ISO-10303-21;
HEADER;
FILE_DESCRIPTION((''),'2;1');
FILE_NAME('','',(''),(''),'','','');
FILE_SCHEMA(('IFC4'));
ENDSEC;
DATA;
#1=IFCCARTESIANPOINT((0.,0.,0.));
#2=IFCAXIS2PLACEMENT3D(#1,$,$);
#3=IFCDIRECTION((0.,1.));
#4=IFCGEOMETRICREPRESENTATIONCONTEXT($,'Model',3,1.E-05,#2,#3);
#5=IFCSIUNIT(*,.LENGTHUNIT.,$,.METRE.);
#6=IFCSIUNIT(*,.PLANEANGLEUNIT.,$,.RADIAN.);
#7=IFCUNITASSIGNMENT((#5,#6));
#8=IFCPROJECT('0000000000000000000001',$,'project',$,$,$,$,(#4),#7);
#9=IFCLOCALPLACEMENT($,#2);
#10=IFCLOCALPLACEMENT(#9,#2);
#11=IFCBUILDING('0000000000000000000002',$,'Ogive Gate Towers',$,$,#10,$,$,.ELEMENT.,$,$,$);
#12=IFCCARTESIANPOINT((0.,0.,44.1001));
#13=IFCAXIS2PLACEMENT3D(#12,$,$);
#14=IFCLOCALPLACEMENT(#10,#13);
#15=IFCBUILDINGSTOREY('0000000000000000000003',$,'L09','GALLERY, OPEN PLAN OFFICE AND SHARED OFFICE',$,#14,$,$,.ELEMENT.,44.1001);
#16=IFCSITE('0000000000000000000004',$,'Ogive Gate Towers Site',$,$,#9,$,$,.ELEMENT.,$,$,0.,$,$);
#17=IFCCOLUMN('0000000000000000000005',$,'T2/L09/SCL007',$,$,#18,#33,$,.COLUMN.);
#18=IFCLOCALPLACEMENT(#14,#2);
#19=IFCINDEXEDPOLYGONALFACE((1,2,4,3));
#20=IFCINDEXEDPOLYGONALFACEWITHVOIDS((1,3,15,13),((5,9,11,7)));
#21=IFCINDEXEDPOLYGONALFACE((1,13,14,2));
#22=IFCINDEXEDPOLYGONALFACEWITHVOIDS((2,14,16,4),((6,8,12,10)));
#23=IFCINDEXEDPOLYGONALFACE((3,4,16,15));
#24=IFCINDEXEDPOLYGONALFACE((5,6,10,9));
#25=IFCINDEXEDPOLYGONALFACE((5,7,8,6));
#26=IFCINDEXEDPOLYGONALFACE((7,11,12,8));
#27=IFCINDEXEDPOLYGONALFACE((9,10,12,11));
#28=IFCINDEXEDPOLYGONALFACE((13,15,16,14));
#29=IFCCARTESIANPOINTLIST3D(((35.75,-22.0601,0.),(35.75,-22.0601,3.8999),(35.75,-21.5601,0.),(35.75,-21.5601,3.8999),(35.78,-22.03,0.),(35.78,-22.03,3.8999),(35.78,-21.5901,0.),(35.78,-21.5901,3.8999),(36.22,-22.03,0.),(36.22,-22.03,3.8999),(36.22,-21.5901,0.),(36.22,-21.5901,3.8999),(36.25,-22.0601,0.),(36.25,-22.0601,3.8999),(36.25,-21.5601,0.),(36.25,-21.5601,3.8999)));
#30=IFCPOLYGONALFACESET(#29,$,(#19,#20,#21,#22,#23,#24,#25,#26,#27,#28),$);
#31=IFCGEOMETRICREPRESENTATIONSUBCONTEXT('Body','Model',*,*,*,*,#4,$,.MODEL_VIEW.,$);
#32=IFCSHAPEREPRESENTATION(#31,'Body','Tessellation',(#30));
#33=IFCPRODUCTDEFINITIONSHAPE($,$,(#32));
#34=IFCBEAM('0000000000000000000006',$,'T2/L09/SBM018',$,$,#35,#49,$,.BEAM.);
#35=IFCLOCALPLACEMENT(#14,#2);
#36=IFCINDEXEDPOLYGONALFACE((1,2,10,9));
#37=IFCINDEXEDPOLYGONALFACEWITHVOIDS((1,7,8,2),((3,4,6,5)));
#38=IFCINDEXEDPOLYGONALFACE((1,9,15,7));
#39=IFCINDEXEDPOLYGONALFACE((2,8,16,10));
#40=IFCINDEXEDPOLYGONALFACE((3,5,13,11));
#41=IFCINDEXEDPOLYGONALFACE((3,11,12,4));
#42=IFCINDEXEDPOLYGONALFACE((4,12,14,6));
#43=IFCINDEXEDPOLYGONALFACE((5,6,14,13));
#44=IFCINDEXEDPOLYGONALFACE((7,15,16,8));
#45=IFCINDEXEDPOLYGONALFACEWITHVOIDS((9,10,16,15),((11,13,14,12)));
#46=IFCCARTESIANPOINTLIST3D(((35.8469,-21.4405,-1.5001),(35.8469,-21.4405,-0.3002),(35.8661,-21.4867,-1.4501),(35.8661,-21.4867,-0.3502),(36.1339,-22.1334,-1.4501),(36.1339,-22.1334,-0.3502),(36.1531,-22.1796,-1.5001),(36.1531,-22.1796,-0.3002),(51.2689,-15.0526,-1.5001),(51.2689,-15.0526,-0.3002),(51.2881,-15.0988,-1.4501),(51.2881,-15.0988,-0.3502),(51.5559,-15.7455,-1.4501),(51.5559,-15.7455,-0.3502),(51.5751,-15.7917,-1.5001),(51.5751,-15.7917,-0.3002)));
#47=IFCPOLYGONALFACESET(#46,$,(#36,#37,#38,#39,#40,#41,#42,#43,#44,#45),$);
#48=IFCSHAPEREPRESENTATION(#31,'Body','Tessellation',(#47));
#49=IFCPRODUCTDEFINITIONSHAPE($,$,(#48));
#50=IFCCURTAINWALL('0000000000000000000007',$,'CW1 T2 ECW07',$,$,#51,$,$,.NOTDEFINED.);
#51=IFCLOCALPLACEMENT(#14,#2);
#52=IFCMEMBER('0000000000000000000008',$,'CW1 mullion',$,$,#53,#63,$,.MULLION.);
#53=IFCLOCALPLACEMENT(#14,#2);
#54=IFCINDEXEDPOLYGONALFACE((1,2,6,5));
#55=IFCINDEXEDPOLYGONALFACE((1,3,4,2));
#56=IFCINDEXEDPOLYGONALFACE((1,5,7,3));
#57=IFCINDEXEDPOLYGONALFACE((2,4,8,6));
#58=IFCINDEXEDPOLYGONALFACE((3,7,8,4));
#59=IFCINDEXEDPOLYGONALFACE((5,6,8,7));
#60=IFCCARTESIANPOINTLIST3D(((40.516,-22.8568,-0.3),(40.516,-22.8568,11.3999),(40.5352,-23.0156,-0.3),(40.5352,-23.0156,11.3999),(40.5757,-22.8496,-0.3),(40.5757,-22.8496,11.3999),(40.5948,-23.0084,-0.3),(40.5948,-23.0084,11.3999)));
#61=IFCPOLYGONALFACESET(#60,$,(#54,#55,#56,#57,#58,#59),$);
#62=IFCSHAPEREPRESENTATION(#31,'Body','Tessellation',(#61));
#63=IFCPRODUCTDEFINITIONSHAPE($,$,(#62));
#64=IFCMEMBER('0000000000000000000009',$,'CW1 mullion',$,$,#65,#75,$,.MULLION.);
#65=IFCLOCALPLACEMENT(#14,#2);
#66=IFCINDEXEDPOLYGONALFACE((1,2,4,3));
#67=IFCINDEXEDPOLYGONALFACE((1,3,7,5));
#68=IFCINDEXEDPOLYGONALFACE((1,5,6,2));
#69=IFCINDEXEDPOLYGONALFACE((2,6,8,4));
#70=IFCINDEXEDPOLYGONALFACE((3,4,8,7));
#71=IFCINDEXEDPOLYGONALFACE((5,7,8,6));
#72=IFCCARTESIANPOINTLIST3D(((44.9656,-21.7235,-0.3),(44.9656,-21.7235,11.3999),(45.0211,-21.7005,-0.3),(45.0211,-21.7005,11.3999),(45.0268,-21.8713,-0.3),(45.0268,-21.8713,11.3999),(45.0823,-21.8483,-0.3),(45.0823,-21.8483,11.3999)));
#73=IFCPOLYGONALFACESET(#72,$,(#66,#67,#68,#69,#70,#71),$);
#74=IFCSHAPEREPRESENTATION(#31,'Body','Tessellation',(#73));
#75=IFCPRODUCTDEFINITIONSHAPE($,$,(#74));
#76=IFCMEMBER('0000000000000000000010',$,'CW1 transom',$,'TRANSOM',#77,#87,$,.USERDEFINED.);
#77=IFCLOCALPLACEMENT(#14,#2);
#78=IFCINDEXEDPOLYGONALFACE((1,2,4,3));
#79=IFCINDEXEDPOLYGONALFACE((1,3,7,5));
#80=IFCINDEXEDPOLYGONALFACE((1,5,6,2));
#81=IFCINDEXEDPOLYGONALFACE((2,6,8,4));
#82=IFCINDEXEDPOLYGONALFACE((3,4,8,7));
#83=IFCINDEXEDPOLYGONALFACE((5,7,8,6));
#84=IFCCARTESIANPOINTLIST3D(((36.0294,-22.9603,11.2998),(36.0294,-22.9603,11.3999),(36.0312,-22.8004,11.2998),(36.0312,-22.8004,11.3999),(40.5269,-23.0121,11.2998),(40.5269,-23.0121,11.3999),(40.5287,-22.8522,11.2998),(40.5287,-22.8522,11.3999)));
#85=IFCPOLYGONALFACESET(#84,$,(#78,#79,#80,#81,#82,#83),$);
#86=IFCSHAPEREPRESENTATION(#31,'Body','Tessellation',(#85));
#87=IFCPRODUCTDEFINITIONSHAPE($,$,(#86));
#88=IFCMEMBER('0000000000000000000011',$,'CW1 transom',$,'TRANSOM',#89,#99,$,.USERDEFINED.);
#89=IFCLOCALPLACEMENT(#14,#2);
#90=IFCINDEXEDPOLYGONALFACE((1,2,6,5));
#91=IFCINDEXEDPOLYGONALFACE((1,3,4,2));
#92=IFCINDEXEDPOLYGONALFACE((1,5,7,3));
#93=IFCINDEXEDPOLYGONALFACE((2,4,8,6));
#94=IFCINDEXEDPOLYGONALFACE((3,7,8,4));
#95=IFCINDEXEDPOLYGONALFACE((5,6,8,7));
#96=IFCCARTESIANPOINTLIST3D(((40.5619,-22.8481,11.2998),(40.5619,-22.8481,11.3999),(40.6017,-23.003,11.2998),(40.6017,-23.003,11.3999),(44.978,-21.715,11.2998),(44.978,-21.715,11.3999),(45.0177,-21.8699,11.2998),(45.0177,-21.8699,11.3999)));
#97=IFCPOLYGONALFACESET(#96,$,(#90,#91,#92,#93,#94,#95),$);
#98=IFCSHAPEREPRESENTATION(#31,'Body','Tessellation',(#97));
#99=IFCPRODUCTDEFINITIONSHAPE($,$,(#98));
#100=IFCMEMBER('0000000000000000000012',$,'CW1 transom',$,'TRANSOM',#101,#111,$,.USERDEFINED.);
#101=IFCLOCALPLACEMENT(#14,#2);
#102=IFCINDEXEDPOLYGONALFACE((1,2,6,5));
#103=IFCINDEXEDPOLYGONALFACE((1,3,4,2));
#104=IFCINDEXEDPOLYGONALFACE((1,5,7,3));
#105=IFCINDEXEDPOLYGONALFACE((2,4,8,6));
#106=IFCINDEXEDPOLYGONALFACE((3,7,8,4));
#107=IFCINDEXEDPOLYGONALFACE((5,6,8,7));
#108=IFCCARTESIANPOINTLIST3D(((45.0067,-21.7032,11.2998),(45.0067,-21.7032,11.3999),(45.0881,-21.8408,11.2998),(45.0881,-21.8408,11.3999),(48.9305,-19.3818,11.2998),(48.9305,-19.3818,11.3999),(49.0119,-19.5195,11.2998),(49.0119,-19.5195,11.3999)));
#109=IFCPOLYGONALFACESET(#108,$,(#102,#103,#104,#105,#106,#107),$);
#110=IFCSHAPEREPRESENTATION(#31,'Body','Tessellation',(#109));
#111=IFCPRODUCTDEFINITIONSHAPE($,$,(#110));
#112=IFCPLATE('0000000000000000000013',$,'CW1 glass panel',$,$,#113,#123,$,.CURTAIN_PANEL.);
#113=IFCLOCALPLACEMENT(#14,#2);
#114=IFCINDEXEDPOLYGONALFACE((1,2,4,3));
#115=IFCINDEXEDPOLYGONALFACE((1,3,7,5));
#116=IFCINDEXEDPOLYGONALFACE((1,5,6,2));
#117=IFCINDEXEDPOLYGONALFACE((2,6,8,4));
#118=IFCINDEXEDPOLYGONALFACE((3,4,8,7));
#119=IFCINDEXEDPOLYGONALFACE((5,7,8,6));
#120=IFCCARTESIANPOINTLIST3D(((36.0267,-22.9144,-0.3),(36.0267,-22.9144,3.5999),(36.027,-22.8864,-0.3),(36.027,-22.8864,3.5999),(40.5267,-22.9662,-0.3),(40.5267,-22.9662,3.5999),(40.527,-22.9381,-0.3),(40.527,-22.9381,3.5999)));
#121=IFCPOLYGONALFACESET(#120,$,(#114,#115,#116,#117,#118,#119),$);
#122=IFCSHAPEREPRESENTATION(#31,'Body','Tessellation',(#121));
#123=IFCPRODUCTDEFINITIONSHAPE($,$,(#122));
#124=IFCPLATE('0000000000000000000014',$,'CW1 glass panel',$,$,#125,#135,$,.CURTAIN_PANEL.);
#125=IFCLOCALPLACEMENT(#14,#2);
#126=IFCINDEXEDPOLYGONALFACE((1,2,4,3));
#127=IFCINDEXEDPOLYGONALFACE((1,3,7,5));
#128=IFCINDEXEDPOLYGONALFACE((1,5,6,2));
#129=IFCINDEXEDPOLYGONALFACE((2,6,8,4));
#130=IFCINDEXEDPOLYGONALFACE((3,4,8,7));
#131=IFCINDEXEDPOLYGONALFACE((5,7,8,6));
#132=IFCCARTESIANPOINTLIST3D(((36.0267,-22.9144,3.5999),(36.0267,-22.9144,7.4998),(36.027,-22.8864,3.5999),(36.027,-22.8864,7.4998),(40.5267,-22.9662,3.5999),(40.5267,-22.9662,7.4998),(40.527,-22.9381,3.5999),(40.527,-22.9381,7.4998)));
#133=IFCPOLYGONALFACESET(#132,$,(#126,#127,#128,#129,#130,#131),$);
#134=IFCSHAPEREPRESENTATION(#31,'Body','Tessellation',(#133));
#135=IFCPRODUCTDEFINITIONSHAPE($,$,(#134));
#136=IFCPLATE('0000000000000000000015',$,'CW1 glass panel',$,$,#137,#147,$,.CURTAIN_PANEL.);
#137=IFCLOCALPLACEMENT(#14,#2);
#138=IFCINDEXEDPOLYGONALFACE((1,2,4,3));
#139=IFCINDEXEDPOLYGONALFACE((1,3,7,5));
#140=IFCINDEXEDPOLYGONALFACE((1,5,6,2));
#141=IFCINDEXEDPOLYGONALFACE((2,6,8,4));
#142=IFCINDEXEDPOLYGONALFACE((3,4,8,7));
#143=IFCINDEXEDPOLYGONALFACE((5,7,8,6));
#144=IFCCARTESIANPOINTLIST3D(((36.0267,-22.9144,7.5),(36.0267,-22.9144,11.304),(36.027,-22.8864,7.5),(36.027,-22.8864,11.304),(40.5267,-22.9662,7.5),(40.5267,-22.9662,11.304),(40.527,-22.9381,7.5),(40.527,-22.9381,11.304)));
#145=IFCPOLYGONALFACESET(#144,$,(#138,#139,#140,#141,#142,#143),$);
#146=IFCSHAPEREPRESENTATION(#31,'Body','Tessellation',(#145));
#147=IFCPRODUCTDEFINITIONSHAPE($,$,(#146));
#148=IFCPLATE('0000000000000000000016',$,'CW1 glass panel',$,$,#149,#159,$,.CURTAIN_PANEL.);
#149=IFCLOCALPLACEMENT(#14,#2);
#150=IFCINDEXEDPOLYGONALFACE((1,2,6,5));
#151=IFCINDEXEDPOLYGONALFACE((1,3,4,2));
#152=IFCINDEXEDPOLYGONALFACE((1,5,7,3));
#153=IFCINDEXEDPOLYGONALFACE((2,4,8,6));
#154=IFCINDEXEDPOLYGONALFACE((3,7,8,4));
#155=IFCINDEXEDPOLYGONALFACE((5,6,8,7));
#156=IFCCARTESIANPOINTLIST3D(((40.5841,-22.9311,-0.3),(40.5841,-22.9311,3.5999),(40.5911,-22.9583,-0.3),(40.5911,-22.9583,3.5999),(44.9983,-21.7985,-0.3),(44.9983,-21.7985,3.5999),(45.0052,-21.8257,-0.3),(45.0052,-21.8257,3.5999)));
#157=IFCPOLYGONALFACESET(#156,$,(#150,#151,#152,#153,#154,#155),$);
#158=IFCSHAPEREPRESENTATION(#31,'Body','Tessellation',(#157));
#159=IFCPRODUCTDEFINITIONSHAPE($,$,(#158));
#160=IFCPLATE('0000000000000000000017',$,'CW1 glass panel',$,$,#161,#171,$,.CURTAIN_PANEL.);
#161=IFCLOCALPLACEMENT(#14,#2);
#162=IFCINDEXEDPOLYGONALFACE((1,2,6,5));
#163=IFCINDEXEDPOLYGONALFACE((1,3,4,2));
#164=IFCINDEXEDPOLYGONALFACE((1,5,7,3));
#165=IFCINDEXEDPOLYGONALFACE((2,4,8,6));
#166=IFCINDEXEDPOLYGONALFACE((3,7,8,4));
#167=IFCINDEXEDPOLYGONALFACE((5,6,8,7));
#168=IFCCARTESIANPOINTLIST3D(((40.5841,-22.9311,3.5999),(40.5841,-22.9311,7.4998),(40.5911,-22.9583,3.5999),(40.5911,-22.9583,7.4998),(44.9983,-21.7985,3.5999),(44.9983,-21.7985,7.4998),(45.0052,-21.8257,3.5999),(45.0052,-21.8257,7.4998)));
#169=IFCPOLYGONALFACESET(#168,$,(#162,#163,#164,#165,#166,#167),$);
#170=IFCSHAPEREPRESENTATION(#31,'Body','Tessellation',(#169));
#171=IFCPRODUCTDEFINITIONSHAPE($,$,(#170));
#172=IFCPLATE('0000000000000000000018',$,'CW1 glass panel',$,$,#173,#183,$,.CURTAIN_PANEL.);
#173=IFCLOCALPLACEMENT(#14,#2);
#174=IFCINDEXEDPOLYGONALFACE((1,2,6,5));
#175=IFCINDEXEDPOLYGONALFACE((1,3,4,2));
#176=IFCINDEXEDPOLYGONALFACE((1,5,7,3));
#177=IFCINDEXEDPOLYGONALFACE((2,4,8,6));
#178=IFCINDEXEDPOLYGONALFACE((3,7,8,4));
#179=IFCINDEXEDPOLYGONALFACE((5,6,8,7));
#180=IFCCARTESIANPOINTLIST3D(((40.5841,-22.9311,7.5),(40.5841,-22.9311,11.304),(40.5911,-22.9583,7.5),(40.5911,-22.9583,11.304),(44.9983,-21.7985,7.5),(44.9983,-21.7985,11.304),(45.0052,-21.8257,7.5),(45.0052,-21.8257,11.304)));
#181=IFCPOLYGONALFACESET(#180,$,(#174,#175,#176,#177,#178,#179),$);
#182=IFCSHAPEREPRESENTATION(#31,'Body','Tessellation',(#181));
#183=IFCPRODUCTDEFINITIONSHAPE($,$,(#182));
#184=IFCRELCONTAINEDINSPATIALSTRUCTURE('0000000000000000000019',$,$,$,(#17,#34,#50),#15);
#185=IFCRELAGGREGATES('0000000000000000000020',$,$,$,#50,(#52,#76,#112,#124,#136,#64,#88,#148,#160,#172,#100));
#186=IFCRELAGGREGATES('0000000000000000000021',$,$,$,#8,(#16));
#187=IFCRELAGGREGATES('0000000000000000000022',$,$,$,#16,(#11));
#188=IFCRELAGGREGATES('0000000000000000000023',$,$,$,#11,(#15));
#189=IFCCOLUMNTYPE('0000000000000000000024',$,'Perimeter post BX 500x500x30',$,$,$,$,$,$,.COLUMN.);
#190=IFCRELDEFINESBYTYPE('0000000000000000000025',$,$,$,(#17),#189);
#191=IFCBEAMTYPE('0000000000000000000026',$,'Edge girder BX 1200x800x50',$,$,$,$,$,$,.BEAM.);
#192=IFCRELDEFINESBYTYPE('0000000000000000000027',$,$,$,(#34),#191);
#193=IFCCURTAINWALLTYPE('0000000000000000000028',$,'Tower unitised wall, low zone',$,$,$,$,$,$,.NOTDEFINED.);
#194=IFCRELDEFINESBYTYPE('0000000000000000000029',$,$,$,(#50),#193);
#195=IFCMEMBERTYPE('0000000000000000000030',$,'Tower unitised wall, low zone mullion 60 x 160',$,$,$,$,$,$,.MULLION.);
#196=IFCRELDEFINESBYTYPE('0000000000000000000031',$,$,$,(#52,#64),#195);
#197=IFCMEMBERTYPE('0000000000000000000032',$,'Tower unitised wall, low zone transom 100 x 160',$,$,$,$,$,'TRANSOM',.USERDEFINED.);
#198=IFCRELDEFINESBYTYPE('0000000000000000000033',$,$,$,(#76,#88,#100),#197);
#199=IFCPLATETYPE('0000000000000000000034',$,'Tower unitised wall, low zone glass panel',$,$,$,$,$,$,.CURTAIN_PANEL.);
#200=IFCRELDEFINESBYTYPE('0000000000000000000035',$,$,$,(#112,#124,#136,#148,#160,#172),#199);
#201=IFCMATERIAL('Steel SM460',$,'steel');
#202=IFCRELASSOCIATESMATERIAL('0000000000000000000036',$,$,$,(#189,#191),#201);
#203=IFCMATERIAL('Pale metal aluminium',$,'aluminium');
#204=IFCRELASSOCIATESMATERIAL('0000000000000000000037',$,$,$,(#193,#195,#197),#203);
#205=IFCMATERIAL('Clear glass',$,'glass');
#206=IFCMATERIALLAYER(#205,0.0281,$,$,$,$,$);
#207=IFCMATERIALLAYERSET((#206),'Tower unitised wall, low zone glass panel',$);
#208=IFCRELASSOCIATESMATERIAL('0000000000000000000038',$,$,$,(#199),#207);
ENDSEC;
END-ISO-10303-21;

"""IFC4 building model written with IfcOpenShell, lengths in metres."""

from ifc_helpers import new_model, si_unit, direction, frame, origin, origin_2d, place, context, subcontext, project, spatial, rectangle, hollow_rectangle, extrude, material, layer, layer_set, material_profile, profile_set, type_object, element, aggregate, save


model = new_model("IFC4")

# Units and contexts
model_context = context("Model", 3, precision=1e-05, world=origin(), true_north=direction((0.0, 1.0)))
body_context = subcontext(model_context, "Body", "Model", "MODEL_VIEW")
ifc_project = project(units=[si_unit("LENGTHUNIT", "METRE"), si_unit("PLANEANGLEUNIT", "RADIAN")], contexts=[model_context])

# Site, building, storey
site_placement = place(None, origin())
site = spatial("IfcSite", under=ifc_project, at=site_placement, Name="Ogive Gate Towers Site", CompositionType="ELEMENT", RefElevation=0.0)
building_placement = place(site_placement, origin())
building = spatial("IfcBuilding", under=site, at=building_placement, Name="Ogive Gate Towers", CompositionType="ELEMENT")
storey_placement = place(building_placement, frame((0.0, 0.0, 44.1001)))
storey = spatial("IfcBuildingStorey", under=building, at=storey_placement, Name="L09", Description="GALLERY, OPEN PLAN OFFICE AND SHARED OFFICE", CompositionType="ELEMENT", Elevation=44.1001)

# Column
ifc_material_1 = material(Name="Steel SM460", Category="steel")
ifc_material_profile_1 = material_profile(ifc_material_1, hollow_rectangle(XDim=0.5, YDim=0.5, WallThickness=0.03, at=origin_2d()), Name="BX 500x500x30")
ifc_profile_set_1 = profile_set([ifc_material_profile_1], Name="Steel SM460")
column_type = type_object("IfcColumnType", Name="Perimeter post BX 500x500x30", PredefinedType="COLUMN", material=ifc_profile_set_1)
column_placement = place(storey_placement, frame((36.0, -21.8101, 0.0), z_axis=(0.0, 0.0, 1.0), x_axis=(1.0, 0.0, 0.0)))
element("IfcColumn", 1, at=column_placement, inside=storey, type_object=column_type, Name="T2/L09/SCL007", PredefinedType="COLUMN", context=body_context, shape_type="SweptSolid", body=[
    extrude(hollow_rectangle(XDim=0.5, YDim=0.5, WallThickness=0.03, at=origin_2d()), origin(), (0.0, 0.0, 1.0), 3.8999),
])

# Beam
ifc_material_profile_2 = material_profile(ifc_material_1, hollow_rectangle(XDim=0.8, YDim=1.2, WallThickness=0.05, at=origin_2d()), Name="BX 1200x800x50")
ifc_profile_set_2 = profile_set([ifc_material_profile_2], Name="Steel SM460")
beam_type = type_object("IfcBeamType", Name="Edge girder BX 1200x800x50", PredefinedType="BEAM", material=ifc_profile_set_2)
beam_placement = place(storey_placement, frame((36.0, -21.8101, -0.9001), z_axis=(0.923882, 0.382678, 0.0), x_axis=(-0.382678, 0.923882, 0.0)))
element("IfcBeam", 2, at=beam_placement, inside=storey, type_object=beam_type, Name="T2/L09/SBM018", PredefinedType="BEAM", context=body_context, shape_type="SweptSolid", body=[
    extrude(hollow_rectangle(XDim=0.8, YDim=1.2, WallThickness=0.05, at=origin_2d()), origin(), (0.0, 0.0, 1.0), 16.6926),
])

# Curtain wall, members, plates
ifc_material_2 = material(Name="Pale metal aluminium", Category="aluminium")
curtain_wall_type = type_object("IfcCurtainWallType", Name="Tower unitised wall, low zone", PredefinedType="NOTDEFINED", material=ifc_material_2)
curtain_wall_placement = place(storey_placement, origin())
curtain_wall = element("IfcCurtainWall", 3, at=curtain_wall_placement, inside=storey, type_object=curtain_wall_type, Name="CW1 T2 ECW07", PredefinedType="NOTDEFINED")
ifc_material_profile_3 = material_profile(ifc_material_2, rectangle(XDim=0.1599, YDim=0.0601, at=origin_2d()), Name="60 x 160 aluminium box")
ifc_profile_set_3 = profile_set([ifc_material_profile_3], Name="Pale metal aluminium")
member_type_1 = type_object("IfcMemberType", Name="Tower unitised wall, low zone mullion 60 x 160", PredefinedType="MULLION", material=ifc_profile_set_3)
member_1_placement = place(storey_placement, frame((40.5554, -22.9326, -0.3), z_axis=(0.0, 0.0, 1.0), x_axis=(0.119548, -0.992828, 0.0)))
member_1 = element("IfcMember", 4, at=member_1_placement, type_object=member_type_1, Name="CW1 mullion", PredefinedType="MULLION", context=body_context, shape_type="SweptSolid", body=[
    extrude(rectangle(XDim=0.1599, YDim=0.0601, at=origin_2d()), origin(), (0.0, 0.0, 1.0), 11.7),
])
member_2_placement = place(storey_placement, frame((45.0239, -21.7859, -0.3), z_axis=(0.0, 0.0, 1.0), x_axis=(0.382683, -0.92388, 0.0)))
member_2 = element("IfcMember", 5, at=member_2_placement, type_object=member_type_1, Name="CW1 mullion", PredefinedType="MULLION", context=body_context, shape_type="SweptSolid", body=[
    extrude(rectangle(XDim=0.1599, YDim=0.0601, at=origin_2d()), origin(), (0.0, 0.0, 1.0), 11.7),
])
ifc_material_profile_4 = material_profile(ifc_material_2, rectangle(XDim=0.1599, YDim=0.1001, at=origin_2d()), Name="100 x 160 aluminium box")
ifc_profile_set_4 = profile_set([ifc_material_profile_4], Name="Pale metal aluminium")
member_type_2 = type_object("IfcMemberType", Name="Tower unitised wall, low zone transom 100 x 160", ElementType="TRANSOM", PredefinedType="USERDEFINED", material=ifc_profile_set_4)
member_3_placement = place(storey_placement, frame((36.0303, -22.8804, 11.3499), z_axis=(0.999934, -0.011507, 0.0), x_axis=(0.011507, 0.999934, 0.0)))
member_3 = element("IfcMember", 6, at=member_3_placement, type_object=member_type_2, Name="CW1 transom", ObjectType="TRANSOM", PredefinedType="USERDEFINED", context=body_context, shape_type="SweptSolid", body=[
    extrude(rectangle(XDim=0.1599, YDim=0.1001, at=origin_2d()), origin(), (0.0, 0.0, 1.0), 4.4978),
])
member_4_placement = place(storey_placement, frame((40.5818, -22.9255, 11.3499), z_axis=(0.968625, 0.248529, 0.0), x_axis=(-0.248529, 0.968625, 0.0)))
member_4 = element("IfcMember", 7, at=member_4_placement, type_object=member_type_2, Name="CW1 transom", ObjectType="TRANSOM", PredefinedType="USERDEFINED", context=body_context, shape_type="SweptSolid", body=[
    extrude(rectangle(XDim=0.1599, YDim=0.1001, at=origin_2d()), origin(), (0.0, 0.0, 1.0), 4.5591),
])
member_5_placement = place(storey_placement, frame((45.0474, -21.772, 11.3499), z_axis=(0.860671, 0.509162, 0.0), x_axis=(-0.509162, 0.860671, 0.0)))
member_5 = element("IfcMember", 8, at=member_5_placement, type_object=member_type_2, Name="CW1 transom", ObjectType="TRANSOM", PredefinedType="USERDEFINED", context=body_context, shape_type="SweptSolid", body=[
    extrude(rectangle(XDim=0.1599, YDim=0.1001, at=origin_2d()), origin(), (0.0, 0.0, 1.0), 4.5591),
])
ifc_material_3 = material(Name="Clear glass", Category="glass")
ifc_layer_1 = layer(ifc_material_3, 0.0281)
ifc_layer_set_1 = layer_set([ifc_layer_1], Name="Tower unitised wall, low zone glass panel")
plate_type = type_object("IfcPlateType", Name="Tower unitised wall, low zone glass panel", PredefinedType="CURTAIN_PANEL", material=ifc_layer_set_1)
plate_1_placement = place(storey_placement, frame((38.2769, -22.9263, -0.3), z_axis=(0.0, 0.0, 1.0), x_axis=(0.999934, -0.011501, 0.0)))
plate_1 = element("IfcPlate", 9, at=plate_1_placement, type_object=plate_type, Name="CW1 glass panel", PredefinedType="CURTAIN_PANEL", context=body_context, shape_type="SweptSolid", body=[
    extrude(rectangle(XDim=4.5002, YDim=0.0281, at=origin_2d()), origin(), (0.0, 0.0, 1.0), 3.8999),
])
plate_2_placement = place(storey_placement, frame((38.2769, -22.9263, 3.5999), z_axis=(0.0, 0.0, 1.0), x_axis=(0.999934, -0.011501, 0.0)))
plate_2 = element("IfcPlate", 10, at=plate_2_placement, type_object=plate_type, Name="CW1 glass panel", PredefinedType="CURTAIN_PANEL", context=body_context, shape_type="SweptSolid", body=[
    extrude(rectangle(XDim=4.5002, YDim=0.0281, at=origin_2d()), origin(), (0.0, 0.0, 1.0), 3.8999),
])
plate_3_placement = place(storey_placement, frame((38.2769, -22.9263, 7.5), z_axis=(0.0, 0.0, 1.0), x_axis=(0.999934, -0.011501, 0.0)))
plate_3 = element("IfcPlate", 11, at=plate_3_placement, type_object=plate_type, Name="CW1 glass panel", PredefinedType="CURTAIN_PANEL", context=body_context, shape_type="SweptSolid", body=[
    extrude(rectangle(XDim=4.5002, YDim=0.0281, at=origin_2d()), origin(), (0.0, 0.0, 1.0), 3.804),
])
plate_4_placement = place(storey_placement, frame((42.7947, -22.3784, -0.3), z_axis=(0.0, 0.0, 1.0), x_axis=(0.968627, 0.248521, 0.0)))
plate_4 = element("IfcPlate", 12, at=plate_4_placement, type_object=plate_type, Name="CW1 glass panel", PredefinedType="CURTAIN_PANEL", context=body_context, shape_type="SweptSolid", body=[
    extrude(rectangle(XDim=4.5571, YDim=0.0281, at=origin_2d()), origin(), (0.0, 0.0, 1.0), 3.8999),
])
plate_5_placement = place(storey_placement, frame((42.7947, -22.3784, 3.5999), z_axis=(0.0, 0.0, 1.0), x_axis=(0.968627, 0.248521, 0.0)))
plate_5 = element("IfcPlate", 13, at=plate_5_placement, type_object=plate_type, Name="CW1 glass panel", PredefinedType="CURTAIN_PANEL", context=body_context, shape_type="SweptSolid", body=[
    extrude(rectangle(XDim=4.5571, YDim=0.0281, at=origin_2d()), origin(), (0.0, 0.0, 1.0), 3.8999),
])
plate_6_placement = place(storey_placement, frame((42.7947, -22.3784, 7.5), z_axis=(0.0, 0.0, 1.0), x_axis=(0.968627, 0.248521, 0.0)))
plate_6 = element("IfcPlate", 14, at=plate_6_placement, type_object=plate_type, Name="CW1 glass panel", PredefinedType="CURTAIN_PANEL", context=body_context, shape_type="SweptSolid", body=[
    extrude(rectangle(XDim=4.5571, YDim=0.0281, at=origin_2d()), origin(), (0.0, 0.0, 1.0), 3.804),
])
aggregate(curtain_wall, [member_1, member_3, plate_1, plate_2, plate_3, member_2, member_4, plate_4, plate_5, plate_6, member_5])

save(model, "model.ifc")
